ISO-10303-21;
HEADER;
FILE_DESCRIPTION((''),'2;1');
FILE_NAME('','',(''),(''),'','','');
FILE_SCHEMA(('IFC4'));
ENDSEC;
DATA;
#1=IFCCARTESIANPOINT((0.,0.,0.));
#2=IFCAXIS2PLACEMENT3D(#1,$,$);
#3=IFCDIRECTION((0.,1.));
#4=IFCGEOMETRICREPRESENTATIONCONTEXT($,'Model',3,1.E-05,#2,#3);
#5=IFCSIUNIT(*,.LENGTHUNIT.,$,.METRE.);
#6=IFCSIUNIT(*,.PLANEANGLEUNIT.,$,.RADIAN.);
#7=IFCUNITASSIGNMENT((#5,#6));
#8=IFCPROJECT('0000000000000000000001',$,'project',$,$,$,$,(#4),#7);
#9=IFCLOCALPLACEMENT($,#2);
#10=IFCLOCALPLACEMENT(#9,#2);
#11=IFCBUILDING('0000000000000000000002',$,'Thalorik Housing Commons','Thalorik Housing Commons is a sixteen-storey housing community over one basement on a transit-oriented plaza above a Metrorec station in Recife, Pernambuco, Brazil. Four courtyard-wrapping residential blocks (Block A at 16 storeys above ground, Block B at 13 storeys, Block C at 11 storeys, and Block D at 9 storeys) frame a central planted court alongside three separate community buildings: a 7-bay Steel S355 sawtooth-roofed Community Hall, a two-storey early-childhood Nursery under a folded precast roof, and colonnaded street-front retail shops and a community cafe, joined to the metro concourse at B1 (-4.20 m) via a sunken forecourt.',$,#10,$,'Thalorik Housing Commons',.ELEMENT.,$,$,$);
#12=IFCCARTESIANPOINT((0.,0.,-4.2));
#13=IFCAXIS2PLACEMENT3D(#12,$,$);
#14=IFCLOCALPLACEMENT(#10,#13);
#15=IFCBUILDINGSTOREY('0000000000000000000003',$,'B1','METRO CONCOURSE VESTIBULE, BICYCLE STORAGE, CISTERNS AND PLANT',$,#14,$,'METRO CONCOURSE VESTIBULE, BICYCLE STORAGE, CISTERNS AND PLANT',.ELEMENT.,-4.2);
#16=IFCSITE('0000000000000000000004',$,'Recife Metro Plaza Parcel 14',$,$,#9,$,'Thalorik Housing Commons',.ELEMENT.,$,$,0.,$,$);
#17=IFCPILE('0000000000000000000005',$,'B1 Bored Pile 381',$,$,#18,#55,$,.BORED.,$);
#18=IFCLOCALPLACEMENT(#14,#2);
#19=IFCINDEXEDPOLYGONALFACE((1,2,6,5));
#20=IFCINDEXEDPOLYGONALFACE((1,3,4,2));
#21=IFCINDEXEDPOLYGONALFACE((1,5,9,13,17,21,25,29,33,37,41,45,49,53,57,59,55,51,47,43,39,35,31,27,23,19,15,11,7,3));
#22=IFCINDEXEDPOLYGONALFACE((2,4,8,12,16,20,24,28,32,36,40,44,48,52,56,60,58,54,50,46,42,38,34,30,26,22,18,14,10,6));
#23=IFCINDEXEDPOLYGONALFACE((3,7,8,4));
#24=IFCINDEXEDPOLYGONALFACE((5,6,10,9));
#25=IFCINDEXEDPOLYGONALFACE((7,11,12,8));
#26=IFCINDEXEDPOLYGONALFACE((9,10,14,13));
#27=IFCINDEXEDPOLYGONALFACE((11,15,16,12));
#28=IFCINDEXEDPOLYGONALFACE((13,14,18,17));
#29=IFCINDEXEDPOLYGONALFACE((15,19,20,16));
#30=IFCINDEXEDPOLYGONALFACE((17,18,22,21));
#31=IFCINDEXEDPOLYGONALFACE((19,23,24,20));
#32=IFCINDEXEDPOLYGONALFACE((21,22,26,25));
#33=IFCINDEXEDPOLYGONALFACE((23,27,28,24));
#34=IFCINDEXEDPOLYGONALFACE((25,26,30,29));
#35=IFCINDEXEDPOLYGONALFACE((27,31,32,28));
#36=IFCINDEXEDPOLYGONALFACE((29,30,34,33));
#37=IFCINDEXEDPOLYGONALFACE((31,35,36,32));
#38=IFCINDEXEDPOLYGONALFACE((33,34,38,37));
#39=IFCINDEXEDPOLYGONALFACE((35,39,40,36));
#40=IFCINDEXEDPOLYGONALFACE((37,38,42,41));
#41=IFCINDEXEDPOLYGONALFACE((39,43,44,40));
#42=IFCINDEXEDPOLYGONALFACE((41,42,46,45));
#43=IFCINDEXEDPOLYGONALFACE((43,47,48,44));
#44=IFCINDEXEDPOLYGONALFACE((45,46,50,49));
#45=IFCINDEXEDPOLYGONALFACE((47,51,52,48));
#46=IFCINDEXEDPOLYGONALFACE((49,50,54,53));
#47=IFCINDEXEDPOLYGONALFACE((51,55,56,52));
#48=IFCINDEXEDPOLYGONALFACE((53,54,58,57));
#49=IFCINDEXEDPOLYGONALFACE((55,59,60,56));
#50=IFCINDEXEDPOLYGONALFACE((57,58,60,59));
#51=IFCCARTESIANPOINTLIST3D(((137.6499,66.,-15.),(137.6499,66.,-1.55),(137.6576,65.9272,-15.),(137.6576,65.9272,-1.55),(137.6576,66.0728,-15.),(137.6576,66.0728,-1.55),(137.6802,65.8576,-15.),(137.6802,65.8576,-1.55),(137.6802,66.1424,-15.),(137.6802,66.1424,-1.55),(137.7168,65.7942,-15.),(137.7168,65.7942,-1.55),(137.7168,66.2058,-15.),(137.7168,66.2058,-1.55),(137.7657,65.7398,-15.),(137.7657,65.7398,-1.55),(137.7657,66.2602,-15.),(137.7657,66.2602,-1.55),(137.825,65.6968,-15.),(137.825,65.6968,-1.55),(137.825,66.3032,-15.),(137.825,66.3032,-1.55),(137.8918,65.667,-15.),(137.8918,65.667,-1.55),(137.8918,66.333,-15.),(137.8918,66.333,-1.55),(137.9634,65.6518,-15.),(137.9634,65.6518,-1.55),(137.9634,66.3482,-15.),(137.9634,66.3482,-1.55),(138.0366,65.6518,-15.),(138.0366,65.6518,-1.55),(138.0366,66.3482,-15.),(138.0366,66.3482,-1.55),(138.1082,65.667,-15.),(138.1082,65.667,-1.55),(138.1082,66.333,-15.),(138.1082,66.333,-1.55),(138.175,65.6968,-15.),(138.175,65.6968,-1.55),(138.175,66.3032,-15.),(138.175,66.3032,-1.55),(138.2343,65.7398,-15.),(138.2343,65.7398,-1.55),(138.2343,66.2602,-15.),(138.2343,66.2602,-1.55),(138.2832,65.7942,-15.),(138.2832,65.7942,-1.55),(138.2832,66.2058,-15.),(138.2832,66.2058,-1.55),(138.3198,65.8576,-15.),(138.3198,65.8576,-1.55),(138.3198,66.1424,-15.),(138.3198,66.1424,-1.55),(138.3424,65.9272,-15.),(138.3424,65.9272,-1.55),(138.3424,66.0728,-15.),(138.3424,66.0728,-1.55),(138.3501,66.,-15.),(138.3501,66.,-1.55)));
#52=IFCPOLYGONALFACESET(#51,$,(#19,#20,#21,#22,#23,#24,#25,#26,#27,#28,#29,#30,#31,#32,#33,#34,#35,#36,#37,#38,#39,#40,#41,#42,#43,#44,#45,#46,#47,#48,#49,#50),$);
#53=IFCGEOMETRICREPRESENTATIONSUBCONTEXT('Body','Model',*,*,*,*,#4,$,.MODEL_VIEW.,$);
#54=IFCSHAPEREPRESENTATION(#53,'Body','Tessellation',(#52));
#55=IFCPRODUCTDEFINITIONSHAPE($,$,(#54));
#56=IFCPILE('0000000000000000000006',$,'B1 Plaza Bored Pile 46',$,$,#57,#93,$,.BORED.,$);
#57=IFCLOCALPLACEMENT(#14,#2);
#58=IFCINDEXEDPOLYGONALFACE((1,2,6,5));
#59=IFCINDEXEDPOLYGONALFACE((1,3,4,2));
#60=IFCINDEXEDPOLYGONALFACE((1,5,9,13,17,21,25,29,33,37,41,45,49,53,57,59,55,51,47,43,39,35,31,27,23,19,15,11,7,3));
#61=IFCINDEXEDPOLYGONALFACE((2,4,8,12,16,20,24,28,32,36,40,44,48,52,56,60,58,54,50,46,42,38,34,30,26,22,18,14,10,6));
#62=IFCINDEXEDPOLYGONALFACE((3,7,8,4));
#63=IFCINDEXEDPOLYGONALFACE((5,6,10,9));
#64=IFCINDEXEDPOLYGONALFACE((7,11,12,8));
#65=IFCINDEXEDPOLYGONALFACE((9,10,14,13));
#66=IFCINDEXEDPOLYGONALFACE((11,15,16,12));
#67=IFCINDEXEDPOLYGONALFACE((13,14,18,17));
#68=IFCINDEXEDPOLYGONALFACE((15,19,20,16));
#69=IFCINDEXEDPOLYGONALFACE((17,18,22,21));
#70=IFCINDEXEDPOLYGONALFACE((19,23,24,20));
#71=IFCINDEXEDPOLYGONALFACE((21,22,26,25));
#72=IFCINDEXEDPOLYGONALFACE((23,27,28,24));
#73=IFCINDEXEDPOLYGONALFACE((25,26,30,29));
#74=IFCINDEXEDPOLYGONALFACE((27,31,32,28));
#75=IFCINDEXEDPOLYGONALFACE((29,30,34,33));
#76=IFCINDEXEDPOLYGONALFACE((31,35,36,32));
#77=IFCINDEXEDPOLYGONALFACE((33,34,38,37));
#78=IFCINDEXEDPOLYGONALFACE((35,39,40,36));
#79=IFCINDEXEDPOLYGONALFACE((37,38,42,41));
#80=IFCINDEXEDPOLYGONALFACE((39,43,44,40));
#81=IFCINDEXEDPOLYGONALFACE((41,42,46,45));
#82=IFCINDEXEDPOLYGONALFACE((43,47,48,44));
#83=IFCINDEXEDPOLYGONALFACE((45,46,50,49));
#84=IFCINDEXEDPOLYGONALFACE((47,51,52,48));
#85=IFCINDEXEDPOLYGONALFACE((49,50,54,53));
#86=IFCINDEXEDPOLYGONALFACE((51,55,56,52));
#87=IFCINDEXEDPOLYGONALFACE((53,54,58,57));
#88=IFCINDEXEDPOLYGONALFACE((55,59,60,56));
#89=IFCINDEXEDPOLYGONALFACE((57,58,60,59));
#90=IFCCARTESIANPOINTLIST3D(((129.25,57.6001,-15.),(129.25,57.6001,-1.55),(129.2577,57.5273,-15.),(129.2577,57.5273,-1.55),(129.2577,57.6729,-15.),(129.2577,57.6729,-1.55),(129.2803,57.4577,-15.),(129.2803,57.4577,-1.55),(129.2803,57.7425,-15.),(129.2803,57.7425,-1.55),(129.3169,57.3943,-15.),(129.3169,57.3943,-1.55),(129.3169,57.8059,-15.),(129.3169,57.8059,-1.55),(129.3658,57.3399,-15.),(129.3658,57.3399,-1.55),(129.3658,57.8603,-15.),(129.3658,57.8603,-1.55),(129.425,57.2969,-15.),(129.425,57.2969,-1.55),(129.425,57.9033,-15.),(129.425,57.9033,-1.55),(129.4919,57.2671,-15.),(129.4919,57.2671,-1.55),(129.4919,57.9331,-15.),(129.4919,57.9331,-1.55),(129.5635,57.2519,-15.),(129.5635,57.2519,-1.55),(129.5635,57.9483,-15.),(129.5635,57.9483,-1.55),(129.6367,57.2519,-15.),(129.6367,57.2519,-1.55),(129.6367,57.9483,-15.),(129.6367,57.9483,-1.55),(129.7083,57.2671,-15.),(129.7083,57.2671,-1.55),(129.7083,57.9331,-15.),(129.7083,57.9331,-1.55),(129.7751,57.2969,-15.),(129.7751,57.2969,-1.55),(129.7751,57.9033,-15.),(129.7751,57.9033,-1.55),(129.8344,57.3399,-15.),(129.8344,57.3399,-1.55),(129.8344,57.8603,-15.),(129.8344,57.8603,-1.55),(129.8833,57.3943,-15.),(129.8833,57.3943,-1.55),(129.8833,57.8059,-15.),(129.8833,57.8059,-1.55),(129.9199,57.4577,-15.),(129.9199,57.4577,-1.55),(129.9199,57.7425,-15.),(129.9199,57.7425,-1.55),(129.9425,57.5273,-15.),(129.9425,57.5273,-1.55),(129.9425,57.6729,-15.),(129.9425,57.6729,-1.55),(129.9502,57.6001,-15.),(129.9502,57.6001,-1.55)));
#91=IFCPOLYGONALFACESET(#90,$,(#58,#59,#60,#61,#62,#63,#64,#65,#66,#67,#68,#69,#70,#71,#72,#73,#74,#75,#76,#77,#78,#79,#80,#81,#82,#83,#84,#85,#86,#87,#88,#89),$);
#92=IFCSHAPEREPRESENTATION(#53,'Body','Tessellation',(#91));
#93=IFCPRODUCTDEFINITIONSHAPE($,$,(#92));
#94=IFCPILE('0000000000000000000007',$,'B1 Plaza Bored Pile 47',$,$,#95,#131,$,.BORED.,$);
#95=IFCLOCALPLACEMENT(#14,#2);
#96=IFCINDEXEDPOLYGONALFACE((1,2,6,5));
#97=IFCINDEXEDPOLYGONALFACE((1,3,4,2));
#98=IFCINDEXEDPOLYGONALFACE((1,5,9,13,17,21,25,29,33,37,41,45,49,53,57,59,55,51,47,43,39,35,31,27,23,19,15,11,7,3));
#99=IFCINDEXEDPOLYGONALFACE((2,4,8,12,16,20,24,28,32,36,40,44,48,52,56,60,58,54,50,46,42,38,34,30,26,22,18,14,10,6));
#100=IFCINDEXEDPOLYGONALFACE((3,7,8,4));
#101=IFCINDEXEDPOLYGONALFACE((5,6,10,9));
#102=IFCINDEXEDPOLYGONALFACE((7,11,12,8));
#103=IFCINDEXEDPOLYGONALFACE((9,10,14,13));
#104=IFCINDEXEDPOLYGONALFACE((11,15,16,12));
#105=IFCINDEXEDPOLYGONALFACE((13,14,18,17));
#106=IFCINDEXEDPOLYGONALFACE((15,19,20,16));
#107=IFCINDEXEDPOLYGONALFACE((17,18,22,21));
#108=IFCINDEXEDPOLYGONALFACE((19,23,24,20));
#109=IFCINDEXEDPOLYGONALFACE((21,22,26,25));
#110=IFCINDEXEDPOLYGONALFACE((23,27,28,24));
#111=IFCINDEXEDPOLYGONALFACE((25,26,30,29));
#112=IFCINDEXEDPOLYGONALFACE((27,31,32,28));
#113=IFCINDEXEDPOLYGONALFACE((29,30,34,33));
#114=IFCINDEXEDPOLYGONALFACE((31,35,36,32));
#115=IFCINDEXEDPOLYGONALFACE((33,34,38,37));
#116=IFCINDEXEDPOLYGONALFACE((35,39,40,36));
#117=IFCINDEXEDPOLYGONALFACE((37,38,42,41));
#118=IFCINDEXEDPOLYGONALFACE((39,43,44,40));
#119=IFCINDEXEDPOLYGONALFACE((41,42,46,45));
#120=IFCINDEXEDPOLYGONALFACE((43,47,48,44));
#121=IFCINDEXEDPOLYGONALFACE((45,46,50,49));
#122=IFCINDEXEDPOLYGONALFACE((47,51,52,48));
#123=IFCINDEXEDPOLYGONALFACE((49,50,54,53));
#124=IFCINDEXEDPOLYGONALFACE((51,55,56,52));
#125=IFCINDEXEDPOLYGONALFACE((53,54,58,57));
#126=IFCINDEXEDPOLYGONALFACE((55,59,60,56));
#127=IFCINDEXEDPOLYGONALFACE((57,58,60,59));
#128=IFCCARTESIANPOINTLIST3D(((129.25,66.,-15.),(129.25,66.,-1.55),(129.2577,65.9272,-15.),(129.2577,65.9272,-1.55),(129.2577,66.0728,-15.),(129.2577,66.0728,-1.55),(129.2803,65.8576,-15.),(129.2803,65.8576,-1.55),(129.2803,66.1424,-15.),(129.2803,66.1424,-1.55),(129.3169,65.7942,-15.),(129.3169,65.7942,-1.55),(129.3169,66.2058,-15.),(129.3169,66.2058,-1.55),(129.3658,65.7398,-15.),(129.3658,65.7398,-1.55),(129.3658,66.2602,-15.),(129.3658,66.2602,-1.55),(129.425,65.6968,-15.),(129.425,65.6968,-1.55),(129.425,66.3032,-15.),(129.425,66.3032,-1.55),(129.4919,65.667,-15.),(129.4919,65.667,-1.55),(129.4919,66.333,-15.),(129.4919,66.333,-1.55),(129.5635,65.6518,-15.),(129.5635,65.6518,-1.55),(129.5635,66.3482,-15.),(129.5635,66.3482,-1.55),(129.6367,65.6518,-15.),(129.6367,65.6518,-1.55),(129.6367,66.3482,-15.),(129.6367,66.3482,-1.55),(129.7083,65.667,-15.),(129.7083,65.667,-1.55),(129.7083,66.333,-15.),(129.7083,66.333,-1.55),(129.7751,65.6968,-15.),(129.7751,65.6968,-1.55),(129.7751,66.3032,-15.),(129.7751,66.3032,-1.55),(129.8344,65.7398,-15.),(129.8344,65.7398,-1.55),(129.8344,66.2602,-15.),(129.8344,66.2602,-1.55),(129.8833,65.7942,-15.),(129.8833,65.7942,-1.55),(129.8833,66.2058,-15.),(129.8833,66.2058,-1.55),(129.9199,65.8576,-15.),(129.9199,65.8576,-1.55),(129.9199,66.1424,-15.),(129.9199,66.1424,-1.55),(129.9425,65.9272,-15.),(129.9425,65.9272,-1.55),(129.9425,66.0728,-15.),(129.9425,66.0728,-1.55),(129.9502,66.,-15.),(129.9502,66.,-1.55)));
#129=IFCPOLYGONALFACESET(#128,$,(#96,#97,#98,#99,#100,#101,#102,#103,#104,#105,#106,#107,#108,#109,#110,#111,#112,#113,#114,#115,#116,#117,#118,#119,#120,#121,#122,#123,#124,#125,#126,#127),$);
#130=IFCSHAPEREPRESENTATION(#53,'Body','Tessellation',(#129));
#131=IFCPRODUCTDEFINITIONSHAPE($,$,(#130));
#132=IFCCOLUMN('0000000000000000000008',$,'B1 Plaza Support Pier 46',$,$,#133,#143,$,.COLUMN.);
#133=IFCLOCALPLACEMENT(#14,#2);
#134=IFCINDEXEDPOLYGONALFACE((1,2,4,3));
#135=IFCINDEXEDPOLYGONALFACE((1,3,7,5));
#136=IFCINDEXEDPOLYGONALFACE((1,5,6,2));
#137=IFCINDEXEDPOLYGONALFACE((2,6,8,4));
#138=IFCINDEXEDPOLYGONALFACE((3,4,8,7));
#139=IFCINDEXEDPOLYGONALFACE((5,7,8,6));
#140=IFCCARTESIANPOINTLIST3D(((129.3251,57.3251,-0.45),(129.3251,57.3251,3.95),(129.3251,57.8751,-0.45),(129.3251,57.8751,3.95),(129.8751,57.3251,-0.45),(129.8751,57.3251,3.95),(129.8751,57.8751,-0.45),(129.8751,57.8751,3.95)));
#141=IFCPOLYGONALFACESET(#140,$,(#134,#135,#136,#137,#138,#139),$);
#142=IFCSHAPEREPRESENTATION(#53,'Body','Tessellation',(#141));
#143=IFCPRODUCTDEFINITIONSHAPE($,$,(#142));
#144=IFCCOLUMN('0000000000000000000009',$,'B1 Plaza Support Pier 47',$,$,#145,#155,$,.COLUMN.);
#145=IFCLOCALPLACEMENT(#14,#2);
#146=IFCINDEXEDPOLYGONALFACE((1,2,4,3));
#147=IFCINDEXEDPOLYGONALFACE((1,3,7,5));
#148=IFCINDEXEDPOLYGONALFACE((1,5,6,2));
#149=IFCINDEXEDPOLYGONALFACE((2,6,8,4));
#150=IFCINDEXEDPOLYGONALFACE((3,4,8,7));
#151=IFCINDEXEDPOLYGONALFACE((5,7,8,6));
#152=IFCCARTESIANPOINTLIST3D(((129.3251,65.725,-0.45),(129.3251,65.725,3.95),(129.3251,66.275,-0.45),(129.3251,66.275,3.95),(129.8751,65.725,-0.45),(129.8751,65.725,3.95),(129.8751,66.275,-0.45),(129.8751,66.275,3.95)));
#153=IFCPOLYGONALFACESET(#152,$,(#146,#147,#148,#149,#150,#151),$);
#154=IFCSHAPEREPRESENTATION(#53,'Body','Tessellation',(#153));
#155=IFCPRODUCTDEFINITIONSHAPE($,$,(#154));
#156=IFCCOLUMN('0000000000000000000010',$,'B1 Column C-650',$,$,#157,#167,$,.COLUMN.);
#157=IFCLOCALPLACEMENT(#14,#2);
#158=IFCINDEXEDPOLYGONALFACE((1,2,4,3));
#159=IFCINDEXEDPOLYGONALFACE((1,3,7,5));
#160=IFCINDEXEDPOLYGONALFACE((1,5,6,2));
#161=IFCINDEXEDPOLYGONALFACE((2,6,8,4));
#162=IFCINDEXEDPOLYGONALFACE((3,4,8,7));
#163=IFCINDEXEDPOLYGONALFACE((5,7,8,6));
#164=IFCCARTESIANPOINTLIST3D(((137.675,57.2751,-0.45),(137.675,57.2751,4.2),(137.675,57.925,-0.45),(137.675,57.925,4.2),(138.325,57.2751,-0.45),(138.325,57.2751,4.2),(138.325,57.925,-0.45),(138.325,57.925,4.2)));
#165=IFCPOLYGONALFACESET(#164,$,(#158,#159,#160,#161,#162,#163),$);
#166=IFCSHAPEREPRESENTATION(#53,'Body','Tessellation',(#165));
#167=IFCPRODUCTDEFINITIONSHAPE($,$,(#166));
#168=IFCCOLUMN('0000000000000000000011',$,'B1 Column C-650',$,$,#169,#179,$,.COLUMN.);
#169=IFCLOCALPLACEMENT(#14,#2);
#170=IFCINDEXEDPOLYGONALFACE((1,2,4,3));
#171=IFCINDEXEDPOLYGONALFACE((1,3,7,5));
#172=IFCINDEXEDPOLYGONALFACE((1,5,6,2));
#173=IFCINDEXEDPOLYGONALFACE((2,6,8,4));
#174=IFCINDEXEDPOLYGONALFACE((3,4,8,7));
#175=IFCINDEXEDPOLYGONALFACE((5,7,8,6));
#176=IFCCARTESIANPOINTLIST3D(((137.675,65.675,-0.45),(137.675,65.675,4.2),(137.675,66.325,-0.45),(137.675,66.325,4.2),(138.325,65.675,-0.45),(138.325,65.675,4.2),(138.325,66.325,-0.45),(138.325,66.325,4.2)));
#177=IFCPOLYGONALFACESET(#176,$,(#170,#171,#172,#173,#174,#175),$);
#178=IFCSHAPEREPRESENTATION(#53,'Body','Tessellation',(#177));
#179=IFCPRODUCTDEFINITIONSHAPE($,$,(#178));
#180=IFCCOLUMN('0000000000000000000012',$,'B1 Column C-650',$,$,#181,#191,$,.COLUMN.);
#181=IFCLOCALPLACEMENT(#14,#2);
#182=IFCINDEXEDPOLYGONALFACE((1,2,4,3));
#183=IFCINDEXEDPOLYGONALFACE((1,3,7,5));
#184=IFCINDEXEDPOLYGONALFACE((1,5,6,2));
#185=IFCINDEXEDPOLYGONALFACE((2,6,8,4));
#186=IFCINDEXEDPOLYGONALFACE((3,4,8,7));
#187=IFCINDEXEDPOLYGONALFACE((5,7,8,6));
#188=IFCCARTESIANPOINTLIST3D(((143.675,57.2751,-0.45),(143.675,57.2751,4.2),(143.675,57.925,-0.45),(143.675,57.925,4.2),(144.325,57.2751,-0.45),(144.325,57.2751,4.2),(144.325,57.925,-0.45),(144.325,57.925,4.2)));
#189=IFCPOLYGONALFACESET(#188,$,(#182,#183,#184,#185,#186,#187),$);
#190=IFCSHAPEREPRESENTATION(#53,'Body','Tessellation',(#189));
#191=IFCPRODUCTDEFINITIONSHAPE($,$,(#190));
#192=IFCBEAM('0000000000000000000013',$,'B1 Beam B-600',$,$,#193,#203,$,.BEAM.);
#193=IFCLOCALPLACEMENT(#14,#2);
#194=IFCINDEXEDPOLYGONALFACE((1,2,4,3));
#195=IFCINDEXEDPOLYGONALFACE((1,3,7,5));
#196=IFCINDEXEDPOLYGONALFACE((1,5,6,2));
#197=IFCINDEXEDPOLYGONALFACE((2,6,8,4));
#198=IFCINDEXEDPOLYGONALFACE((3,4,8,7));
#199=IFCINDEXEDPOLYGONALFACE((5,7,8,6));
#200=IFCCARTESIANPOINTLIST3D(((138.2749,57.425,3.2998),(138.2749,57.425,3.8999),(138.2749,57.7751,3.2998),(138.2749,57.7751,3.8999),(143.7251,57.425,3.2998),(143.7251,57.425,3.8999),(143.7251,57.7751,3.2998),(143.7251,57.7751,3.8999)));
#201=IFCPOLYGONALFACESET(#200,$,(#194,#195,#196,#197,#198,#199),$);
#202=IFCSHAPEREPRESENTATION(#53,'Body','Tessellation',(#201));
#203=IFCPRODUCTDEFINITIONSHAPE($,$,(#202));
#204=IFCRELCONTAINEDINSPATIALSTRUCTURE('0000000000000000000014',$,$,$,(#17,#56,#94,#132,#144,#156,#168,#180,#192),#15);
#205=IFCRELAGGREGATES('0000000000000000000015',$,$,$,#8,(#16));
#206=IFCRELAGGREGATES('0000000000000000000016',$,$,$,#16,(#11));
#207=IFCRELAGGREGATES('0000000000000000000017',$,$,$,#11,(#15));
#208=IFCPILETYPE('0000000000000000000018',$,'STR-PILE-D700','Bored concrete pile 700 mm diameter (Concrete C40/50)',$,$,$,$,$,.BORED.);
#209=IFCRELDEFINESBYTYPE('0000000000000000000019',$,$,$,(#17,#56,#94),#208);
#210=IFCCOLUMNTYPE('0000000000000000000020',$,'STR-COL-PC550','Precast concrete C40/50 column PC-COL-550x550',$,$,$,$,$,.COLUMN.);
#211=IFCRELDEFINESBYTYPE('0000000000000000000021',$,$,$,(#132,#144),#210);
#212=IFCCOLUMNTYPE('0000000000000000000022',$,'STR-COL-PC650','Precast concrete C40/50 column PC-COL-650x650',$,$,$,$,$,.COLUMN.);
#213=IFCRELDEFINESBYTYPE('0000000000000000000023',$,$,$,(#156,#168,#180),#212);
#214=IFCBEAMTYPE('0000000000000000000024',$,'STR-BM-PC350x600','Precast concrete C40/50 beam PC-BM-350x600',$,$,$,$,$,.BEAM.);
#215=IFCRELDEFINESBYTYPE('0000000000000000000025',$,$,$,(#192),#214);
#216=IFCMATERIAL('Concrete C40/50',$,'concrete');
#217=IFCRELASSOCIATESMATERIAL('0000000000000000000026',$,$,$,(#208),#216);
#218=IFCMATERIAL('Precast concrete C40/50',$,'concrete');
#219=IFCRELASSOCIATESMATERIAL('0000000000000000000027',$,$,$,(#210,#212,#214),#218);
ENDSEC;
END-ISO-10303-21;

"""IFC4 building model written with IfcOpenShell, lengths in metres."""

from ifc_helpers import new_model, si_unit, direction, frame, origin, origin_2d, place, context, subcontext, project, spatial, rectangle, circle, extrude, material, material_profile, profile_set, type_object, element, save


model = new_model("IFC4")

# Units and contexts
model_context = context("Model", 3, precision=1e-05, world=origin(), true_north=direction((0.0, 1.0)))
body_context = subcontext(model_context, "Body", "Model", "MODEL_VIEW")
ifc_project = project(units=[si_unit("LENGTHUNIT", "METRE"), si_unit("PLANEANGLEUNIT", "RADIAN")], contexts=[model_context])

# Site, building, storey
site_placement = place(None, origin())
site = spatial("IfcSite", under=ifc_project, at=site_placement, Name="Recife Metro Plaza Parcel 14", LongName="Thalorik Housing Commons", CompositionType="ELEMENT", RefElevation=0.0)
building_placement = place(site_placement, origin())
building = spatial("IfcBuilding", under=site, at=building_placement, Name="Thalorik Housing Commons", Description="Thalorik Housing Commons is a sixteen-storey housing community over one basement on a transit-oriented plaza above a Metrorec station in Recife, Pernambuco, Brazil. Four courtyard-wrapping residential blocks (Block A at 16 storeys above ground, Block B at 13 storeys, Block C at 11 storeys, and Block D at 9 storeys) frame a central planted court alongside three separate community buildings: a 7-bay Steel S355 sawtooth-roofed Community Hall, a two-storey early-childhood Nursery under a folded precast roof, and colonnaded street-front retail shops and a community cafe, joined to the metro concourse at B1 (-4.20 m) via a sunken forecourt.", LongName="Thalorik Housing Commons", CompositionType="ELEMENT")
storey_placement = place(building_placement, frame((0.0, 0.0, -4.2)))
storey = spatial("IfcBuildingStorey", under=building, at=storey_placement, Name="B1", Description="METRO CONCOURSE VESTIBULE, BICYCLE STORAGE, CISTERNS AND PLANT", LongName="METRO CONCOURSE VESTIBULE, BICYCLE STORAGE, CISTERNS AND PLANT", CompositionType="ELEMENT", Elevation=-4.2)

# Shared definitions
ifc_material_1 = material(Name="Concrete C40/50", Category="concrete")

# Piles
ifc_material_profile_1 = material_profile(ifc_material_1, circle(Radius=0.3501, at=origin_2d()), Name="BORED PILE D700", Category="concrete")
ifc_profile_set_1 = profile_set([ifc_material_profile_1], Name="Concrete C40/50")
pile_type = type_object("IfcPileType", Name="STR-PILE-D700", Description="Bored concrete pile 700 mm diameter (Concrete C40/50)", PredefinedType="BORED", material=ifc_profile_set_1)
for number, where, z_axis, x_axis, name in (
    (1, (138.0, 66.0, -1.55), (0.0, 0.0, -1.0), (1.0, 0.0, 0.0), "B1 Bored Pile 381"),
    (2, (129.6001, 57.6001, -1.55), (0.0, 0.0, -1.0), (1.0, 0.0, 0.0), "B1 Plaza Bored Pile 46"),
    (3, (129.6001, 66.0, -1.55), (0.0, 0.0, -1.0), (1.0, 0.0, 0.0), "B1 Plaza Bored Pile 47"),
):
    element("IfcPile", number, at=place(storey_placement, frame(where, z_axis=z_axis, x_axis=x_axis)), inside=storey, type_object=pile_type, Name=name, PredefinedType="BORED", context=body_context, shape_type="SweptSolid", body=[
        extrude(circle(Radius=0.3501, at=origin_2d()), origin(), (0.0, 0.0, 1.0), 13.45),
    ])

# Columns
ifc_material_2 = material(Name="Precast concrete C40/50", Category="concrete")
ifc_material_profile_2 = material_profile(ifc_material_2, rectangle(XDim=0.55, YDim=0.55, at=origin_2d()), Name="PC 550x550", Category="concrete")
ifc_profile_set_2 = profile_set([ifc_material_profile_2], Name="Precast concrete C40/50")
column_type_1 = type_object("IfcColumnType", Name="STR-COL-PC550", Description="Precast concrete C40/50 column PC-COL-550x550", PredefinedType="COLUMN", material=ifc_profile_set_2)
for number, where, z_axis, x_axis, name in (
    (4, (129.6001, 57.6001, -0.45), (0.0, 0.0, 1.0), (1.0, 0.0, 0.0), "B1 Plaza Support Pier 46"),
    (5, (129.6001, 66.0, -0.45), (0.0, 0.0, 1.0), (1.0, 0.0, 0.0), "B1 Plaza Support Pier 47"),
):
    element("IfcColumn", number, at=place(storey_placement, frame(where, z_axis=z_axis, x_axis=x_axis)), inside=storey, type_object=column_type_1, Name=name, PredefinedType="COLUMN", context=body_context, shape_type="SweptSolid", body=[
        extrude(rectangle(XDim=0.55, YDim=0.55, at=origin_2d()), origin(), (0.0, 0.0, 1.0), 4.3999),
    ])
ifc_material_profile_3 = material_profile(ifc_material_2, rectangle(XDim=0.6499, YDim=0.6499, at=origin_2d()), Name="PC 650x650", Category="concrete")
ifc_profile_set_3 = profile_set([ifc_material_profile_3], Name="Precast concrete C40/50")
column_type_2 = type_object("IfcColumnType", Name="STR-COL-PC650", Description="Precast concrete C40/50 column PC-COL-650x650", PredefinedType="COLUMN", material=ifc_profile_set_3)
for number, where, z_axis, x_axis, name in (
    (6, (138.0, 57.6001, -0.45), (0.0, 0.0, 1.0), (1.0, 0.0, 0.0), "B1 Column C-650"),
    (7, (138.0, 66.0, -0.45), (0.0, 0.0, 1.0), (1.0, 0.0, 0.0), "B1 Column C-650"),
    (8, (144.0, 57.6001, -0.45), (0.0, 0.0, 1.0), (1.0, 0.0, 0.0), "B1 Column C-650"),
):
    element("IfcColumn", number, at=place(storey_placement, frame(where, z_axis=z_axis, x_axis=x_axis)), inside=storey, type_object=column_type_2, Name=name, PredefinedType="COLUMN", context=body_context, shape_type="SweptSolid", body=[
        extrude(rectangle(XDim=0.6499, YDim=0.6499, at=origin_2d()), origin(), (0.0, 0.0, 1.0), 4.6499),
    ])

# Beam
ifc_material_profile_4 = material_profile(ifc_material_2, rectangle(XDim=0.3501, YDim=0.6001, at=origin_2d()), Name="PC 350x600", Category="concrete")
ifc_profile_set_4 = profile_set([ifc_material_profile_4], Name="Precast concrete C40/50")
beam_type_1 = type_object("IfcBeamType", Name="STR-BM-PC350x600", Description="Precast concrete C40/50 beam PC-BM-350x600", PredefinedType="BEAM", material=ifc_profile_set_4)
for number, where, z_axis, x_axis, name in (
    (9, (138.2749, 57.6001, 3.5999), (1.0, 0.0, 0.0), (0.0, 1.0, 0.0), "B1 Beam B-600"),
):
    element("IfcBeam", number, at=place(storey_placement, frame(where, z_axis=z_axis, x_axis=x_axis)), inside=storey, type_object=beam_type_1, Name=name, PredefinedType="BEAM", context=body_context, shape_type="SweptSolid", body=[
        extrude(rectangle(XDim=0.3501, YDim=0.6001, at=origin_2d()), origin(), (0.0, 0.0, 1.0), 5.4502),
    ])

save(model, "model.ifc")
